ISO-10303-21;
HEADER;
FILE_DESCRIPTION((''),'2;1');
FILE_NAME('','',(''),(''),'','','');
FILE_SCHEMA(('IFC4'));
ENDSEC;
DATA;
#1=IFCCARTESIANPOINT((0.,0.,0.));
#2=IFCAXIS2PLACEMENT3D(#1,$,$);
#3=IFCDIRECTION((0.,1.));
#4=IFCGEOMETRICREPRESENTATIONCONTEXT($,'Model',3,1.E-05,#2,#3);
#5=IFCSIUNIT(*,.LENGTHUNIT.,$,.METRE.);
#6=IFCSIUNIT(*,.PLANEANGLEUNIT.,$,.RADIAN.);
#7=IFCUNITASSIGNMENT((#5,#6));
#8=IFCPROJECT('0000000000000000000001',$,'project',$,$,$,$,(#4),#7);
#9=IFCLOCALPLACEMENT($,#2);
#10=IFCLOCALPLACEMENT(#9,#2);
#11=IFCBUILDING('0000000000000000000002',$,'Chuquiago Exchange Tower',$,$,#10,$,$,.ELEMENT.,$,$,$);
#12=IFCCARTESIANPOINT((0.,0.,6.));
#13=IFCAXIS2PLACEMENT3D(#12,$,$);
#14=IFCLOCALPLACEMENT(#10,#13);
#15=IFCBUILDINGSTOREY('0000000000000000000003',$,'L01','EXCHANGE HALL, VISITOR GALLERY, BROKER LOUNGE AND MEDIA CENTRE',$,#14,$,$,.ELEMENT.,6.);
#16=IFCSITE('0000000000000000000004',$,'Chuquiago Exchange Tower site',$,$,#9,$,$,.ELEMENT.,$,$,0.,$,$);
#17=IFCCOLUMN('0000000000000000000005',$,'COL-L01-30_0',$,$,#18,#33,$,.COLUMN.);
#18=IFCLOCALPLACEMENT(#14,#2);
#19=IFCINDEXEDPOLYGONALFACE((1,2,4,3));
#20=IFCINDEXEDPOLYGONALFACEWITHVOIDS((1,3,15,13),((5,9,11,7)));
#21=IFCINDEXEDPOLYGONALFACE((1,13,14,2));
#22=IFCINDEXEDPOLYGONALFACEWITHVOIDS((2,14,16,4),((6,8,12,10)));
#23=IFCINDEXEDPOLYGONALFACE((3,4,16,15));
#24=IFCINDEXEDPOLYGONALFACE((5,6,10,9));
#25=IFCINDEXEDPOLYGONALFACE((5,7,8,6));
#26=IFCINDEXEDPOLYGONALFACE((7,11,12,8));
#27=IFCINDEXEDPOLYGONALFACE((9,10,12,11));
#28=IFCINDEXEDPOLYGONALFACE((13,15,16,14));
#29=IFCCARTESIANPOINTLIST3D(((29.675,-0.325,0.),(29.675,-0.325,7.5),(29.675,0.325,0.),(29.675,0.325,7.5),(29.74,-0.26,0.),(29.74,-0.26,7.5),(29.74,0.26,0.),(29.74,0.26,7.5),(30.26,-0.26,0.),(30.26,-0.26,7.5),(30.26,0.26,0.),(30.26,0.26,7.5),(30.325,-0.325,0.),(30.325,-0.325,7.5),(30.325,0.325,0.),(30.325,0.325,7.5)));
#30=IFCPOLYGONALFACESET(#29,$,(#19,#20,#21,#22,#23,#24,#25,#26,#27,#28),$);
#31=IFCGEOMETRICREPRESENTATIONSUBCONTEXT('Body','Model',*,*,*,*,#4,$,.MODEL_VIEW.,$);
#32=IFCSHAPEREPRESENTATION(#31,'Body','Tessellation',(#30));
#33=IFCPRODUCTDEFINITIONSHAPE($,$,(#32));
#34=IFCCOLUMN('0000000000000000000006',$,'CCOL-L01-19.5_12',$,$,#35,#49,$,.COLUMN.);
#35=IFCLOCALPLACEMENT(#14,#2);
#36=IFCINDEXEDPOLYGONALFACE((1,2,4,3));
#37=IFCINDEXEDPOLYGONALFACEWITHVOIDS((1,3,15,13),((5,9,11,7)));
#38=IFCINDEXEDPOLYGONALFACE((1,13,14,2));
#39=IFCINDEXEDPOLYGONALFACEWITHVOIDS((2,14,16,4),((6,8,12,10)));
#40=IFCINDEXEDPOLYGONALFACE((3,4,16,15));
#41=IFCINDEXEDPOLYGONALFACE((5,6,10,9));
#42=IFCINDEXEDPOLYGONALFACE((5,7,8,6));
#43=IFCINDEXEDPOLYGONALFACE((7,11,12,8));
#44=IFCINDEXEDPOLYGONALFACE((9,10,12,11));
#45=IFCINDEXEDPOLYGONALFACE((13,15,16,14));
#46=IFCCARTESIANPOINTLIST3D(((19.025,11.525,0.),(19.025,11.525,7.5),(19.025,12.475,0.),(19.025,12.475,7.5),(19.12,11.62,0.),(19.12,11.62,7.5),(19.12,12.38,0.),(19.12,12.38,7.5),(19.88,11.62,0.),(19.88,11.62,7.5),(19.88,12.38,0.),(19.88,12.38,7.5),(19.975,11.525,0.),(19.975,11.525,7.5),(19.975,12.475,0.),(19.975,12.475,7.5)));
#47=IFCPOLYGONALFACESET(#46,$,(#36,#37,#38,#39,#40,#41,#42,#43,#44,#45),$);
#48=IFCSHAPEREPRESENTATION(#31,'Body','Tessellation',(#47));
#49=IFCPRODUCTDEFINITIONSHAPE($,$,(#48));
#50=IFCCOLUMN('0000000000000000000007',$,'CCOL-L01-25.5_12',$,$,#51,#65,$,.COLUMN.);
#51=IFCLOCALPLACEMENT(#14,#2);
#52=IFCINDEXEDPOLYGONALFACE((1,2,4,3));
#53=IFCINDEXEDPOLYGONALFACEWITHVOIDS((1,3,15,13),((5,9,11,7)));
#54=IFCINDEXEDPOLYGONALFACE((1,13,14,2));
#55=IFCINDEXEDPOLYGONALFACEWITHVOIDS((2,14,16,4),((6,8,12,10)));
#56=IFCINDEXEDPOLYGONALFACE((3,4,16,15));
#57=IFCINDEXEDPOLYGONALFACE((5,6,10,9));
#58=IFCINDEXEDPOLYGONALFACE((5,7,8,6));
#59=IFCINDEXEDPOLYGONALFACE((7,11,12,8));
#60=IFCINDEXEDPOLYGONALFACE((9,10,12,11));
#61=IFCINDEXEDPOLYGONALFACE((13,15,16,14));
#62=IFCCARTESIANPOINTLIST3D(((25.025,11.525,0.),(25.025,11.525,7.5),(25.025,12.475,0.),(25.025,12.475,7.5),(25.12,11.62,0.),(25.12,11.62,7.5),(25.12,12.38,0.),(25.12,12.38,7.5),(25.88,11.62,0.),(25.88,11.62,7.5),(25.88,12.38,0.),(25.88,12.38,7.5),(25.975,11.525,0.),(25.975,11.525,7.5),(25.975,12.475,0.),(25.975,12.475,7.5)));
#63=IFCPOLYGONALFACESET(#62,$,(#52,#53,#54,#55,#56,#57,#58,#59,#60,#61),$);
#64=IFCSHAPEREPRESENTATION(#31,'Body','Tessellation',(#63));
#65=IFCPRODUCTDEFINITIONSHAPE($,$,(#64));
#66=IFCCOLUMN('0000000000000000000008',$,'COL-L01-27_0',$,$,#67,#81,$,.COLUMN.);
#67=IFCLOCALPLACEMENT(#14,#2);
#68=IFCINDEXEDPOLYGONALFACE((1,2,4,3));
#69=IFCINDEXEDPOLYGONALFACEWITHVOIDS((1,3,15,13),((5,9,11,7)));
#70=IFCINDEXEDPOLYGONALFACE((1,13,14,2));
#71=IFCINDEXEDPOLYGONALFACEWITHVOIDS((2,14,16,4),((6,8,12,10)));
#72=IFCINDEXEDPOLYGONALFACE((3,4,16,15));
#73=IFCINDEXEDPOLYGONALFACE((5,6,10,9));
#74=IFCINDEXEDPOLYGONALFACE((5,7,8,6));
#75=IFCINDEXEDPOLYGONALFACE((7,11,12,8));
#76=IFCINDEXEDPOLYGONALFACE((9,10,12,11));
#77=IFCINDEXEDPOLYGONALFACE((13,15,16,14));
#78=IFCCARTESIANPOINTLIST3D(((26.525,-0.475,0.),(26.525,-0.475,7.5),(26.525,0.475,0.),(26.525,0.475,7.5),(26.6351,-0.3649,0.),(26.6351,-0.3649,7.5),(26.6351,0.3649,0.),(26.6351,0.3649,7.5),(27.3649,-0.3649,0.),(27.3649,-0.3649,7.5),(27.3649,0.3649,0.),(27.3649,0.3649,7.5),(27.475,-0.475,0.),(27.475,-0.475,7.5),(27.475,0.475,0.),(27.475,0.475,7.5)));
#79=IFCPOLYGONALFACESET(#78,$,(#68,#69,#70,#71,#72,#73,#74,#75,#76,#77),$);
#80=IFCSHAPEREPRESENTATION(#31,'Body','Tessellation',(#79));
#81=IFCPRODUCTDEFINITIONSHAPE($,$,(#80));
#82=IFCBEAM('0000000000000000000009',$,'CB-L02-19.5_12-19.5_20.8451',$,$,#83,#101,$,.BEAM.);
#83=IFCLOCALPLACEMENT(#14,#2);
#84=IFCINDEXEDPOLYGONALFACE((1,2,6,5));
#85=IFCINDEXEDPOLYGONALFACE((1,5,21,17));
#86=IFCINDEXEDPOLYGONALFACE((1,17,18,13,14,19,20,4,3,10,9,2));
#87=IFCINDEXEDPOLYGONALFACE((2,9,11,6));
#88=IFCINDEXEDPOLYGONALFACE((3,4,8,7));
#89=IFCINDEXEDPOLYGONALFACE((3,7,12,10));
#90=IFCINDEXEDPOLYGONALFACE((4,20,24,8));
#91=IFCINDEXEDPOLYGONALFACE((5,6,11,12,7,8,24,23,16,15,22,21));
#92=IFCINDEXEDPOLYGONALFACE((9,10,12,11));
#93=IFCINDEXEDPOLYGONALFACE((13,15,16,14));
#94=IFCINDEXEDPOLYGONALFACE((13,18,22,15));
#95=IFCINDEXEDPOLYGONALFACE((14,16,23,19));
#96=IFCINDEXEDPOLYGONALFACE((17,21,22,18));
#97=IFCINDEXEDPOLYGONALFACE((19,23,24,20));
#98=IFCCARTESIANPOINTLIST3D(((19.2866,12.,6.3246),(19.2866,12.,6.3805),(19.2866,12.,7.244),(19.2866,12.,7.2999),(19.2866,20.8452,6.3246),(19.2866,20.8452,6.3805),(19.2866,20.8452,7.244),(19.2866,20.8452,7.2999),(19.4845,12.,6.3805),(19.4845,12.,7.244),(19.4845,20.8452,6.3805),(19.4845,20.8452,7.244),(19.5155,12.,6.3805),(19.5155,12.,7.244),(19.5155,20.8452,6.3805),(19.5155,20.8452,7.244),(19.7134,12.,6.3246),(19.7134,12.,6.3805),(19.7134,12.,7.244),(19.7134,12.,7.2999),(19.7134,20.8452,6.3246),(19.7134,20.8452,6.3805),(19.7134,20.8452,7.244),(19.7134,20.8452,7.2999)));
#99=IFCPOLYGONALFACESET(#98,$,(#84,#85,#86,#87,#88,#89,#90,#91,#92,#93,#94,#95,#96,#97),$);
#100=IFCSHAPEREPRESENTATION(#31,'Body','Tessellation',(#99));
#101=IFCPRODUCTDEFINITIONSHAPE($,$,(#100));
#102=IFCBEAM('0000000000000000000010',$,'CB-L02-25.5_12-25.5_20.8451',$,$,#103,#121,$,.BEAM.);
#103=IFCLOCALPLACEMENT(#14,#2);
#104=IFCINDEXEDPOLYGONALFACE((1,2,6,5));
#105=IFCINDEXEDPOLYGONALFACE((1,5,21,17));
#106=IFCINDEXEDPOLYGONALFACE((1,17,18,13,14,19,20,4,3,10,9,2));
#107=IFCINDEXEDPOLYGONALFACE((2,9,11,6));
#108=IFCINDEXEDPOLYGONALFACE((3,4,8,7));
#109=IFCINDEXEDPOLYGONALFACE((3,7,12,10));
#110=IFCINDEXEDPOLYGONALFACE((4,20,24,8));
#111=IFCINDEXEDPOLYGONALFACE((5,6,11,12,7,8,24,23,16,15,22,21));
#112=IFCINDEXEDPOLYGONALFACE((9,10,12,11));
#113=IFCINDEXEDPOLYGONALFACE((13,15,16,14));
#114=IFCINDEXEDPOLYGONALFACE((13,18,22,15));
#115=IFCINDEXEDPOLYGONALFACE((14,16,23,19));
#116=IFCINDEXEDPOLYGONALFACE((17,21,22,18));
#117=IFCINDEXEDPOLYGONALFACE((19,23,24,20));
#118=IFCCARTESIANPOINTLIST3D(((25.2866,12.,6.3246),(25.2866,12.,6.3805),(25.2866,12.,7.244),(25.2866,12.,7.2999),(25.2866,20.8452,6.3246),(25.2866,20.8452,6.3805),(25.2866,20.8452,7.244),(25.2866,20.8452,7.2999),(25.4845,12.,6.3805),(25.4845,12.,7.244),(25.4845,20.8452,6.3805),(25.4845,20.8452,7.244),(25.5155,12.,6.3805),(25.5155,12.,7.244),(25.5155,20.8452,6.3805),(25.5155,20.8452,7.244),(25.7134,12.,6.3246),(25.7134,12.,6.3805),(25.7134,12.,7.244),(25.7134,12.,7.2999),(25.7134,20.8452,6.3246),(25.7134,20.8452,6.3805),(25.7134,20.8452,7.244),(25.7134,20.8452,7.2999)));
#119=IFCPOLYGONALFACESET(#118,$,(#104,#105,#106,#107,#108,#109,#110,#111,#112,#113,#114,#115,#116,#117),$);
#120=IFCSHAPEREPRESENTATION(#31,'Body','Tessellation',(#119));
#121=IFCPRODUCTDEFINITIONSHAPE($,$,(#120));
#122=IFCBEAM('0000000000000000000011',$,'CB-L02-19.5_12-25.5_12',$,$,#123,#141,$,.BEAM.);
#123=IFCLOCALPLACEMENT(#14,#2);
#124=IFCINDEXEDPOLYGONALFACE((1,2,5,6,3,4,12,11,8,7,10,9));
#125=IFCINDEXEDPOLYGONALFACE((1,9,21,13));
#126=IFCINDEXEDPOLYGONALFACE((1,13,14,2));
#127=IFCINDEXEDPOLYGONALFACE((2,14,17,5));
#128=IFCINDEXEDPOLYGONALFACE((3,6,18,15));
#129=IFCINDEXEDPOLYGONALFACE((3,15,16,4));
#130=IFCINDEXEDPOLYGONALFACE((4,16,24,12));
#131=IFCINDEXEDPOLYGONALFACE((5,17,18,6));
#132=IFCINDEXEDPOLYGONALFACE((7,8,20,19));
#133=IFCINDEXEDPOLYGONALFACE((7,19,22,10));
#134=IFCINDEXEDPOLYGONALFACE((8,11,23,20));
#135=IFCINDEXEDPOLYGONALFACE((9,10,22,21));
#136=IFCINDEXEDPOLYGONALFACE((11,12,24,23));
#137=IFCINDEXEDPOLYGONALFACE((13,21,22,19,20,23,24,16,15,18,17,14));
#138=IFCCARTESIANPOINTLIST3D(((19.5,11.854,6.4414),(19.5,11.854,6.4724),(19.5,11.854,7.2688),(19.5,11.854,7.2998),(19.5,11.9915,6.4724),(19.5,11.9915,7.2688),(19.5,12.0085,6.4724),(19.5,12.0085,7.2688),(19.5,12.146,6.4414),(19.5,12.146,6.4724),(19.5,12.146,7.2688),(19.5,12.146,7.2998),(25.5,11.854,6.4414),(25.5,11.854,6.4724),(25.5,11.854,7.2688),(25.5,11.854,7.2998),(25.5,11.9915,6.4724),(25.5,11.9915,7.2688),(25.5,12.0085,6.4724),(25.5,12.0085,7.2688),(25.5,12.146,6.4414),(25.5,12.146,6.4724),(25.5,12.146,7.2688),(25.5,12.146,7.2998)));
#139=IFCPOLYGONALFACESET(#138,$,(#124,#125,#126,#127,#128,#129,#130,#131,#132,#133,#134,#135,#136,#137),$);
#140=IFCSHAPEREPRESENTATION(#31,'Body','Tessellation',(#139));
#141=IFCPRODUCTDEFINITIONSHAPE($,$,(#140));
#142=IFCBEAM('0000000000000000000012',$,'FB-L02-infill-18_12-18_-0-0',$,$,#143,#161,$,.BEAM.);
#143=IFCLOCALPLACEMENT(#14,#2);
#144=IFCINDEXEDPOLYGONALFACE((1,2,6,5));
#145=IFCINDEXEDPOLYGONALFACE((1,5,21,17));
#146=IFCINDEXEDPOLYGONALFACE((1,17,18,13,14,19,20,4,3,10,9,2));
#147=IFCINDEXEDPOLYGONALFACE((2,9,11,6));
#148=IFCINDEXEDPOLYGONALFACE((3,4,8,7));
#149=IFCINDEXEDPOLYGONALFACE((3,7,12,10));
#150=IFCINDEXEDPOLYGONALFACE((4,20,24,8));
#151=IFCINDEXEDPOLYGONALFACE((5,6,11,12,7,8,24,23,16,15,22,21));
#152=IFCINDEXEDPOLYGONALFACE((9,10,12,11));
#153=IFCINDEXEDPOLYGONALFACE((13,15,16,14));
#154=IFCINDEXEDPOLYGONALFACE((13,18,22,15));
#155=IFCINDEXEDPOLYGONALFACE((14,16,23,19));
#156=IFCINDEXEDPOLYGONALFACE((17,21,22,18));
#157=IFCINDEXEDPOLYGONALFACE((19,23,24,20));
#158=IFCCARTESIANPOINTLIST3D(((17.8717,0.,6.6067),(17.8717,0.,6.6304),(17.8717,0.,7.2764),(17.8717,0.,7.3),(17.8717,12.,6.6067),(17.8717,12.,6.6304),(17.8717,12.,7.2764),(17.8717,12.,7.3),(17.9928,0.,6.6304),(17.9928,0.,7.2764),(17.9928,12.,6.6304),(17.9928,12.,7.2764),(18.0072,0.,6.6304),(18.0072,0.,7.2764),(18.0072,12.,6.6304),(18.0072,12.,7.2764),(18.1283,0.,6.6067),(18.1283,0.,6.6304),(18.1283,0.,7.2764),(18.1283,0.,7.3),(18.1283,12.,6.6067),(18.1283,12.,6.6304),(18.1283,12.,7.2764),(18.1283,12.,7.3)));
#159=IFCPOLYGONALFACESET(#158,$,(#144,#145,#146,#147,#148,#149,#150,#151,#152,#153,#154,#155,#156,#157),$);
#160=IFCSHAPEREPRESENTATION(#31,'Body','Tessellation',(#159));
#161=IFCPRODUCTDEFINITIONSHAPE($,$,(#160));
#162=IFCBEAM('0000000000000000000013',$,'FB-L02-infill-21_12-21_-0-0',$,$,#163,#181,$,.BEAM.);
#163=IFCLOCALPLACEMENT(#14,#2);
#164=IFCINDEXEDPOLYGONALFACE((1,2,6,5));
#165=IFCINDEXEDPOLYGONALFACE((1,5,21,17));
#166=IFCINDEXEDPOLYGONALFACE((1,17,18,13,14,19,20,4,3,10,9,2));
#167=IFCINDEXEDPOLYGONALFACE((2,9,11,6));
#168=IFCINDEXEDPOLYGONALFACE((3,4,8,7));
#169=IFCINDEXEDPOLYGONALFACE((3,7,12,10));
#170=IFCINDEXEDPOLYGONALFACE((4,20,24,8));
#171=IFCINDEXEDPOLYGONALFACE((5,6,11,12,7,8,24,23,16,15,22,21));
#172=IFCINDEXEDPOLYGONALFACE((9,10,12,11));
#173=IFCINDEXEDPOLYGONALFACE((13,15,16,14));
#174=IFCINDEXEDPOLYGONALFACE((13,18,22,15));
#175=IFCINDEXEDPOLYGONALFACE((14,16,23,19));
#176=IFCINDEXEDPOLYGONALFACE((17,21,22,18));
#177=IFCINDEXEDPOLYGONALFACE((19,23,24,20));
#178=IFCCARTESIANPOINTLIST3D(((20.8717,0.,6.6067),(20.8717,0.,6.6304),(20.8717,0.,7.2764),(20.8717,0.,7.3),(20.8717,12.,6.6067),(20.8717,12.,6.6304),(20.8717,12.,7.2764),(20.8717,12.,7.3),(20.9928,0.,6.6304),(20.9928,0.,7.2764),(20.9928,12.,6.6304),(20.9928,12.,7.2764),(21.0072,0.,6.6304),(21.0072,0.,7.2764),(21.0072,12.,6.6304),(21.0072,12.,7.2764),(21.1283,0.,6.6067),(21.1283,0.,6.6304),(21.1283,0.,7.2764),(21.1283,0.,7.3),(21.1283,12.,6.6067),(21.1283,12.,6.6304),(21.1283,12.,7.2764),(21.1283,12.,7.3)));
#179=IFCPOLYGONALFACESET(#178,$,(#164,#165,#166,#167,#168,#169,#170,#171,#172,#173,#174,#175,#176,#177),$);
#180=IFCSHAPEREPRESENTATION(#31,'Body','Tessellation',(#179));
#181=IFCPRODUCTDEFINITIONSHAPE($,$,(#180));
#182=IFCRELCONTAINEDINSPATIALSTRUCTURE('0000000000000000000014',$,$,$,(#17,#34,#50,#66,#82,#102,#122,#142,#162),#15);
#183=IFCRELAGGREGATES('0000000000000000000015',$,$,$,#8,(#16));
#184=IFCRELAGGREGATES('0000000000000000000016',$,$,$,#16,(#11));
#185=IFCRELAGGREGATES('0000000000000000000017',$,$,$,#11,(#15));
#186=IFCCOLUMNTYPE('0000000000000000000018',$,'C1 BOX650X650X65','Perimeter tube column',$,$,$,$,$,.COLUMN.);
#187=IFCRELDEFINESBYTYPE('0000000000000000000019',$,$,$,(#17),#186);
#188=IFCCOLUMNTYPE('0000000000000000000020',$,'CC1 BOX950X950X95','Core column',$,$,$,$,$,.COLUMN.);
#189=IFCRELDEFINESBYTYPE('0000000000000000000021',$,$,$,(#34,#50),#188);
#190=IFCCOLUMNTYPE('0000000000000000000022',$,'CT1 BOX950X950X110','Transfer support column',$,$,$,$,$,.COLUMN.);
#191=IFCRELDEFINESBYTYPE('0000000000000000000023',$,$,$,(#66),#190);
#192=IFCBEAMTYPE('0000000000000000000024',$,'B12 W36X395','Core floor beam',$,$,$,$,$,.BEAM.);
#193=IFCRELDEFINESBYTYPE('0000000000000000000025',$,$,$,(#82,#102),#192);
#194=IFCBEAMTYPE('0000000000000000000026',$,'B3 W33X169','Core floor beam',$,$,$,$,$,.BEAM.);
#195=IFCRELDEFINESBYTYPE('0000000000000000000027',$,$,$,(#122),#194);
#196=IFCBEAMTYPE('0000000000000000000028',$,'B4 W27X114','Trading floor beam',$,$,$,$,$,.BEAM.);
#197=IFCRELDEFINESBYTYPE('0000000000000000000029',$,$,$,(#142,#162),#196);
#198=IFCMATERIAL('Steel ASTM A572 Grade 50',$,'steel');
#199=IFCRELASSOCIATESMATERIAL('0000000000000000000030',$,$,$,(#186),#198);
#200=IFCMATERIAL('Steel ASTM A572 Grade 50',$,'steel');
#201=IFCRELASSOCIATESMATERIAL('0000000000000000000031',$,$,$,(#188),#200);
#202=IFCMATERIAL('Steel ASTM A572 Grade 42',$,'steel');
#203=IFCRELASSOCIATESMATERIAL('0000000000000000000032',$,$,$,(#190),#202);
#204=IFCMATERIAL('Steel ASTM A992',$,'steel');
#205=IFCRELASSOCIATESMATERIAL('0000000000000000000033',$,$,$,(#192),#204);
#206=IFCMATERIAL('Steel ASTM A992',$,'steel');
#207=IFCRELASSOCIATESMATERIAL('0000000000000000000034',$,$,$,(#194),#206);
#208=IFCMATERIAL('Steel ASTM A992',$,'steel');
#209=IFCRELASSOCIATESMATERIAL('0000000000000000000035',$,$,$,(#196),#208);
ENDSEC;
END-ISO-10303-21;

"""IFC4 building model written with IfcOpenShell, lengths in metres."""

from ifc_helpers import new_model, si_unit, direction, frame, origin, origin_2d, place, context, subcontext, project, spatial, hollow_rectangle, i_section, extrude, material, material_profile, profile_set, type_object, element, save


model = new_model("IFC4")

# Units and contexts
model_context = context("Model", 3, precision=1e-05, world=origin(), true_north=direction((0.0, 1.0)))
body_context = subcontext(model_context, "Body", "Model", "MODEL_VIEW")
ifc_project = project(units=[si_unit("LENGTHUNIT", "METRE"), si_unit("PLANEANGLEUNIT", "RADIAN")], contexts=[model_context])

# Site, building, storey
site_placement = place(None, origin())
site = spatial("IfcSite", under=ifc_project, at=site_placement, Name="Chuquiago Exchange Tower site", CompositionType="ELEMENT", RefElevation=0.0)
building_placement = place(site_placement, origin())
building = spatial("IfcBuilding", under=site, at=building_placement, Name="Chuquiago Exchange Tower", CompositionType="ELEMENT")
storey_placement = place(building_placement, frame((0.0, 0.0, 6.0)))
storey = spatial("IfcBuildingStorey", under=building, at=storey_placement, Name="L01", Description="EXCHANGE HALL, VISITOR GALLERY, BROKER LOUNGE AND MEDIA CENTRE", CompositionType="ELEMENT", Elevation=6.0)

# Columns
ifc_material_1 = material(Name="Steel ASTM A572 Grade 50", Category="steel")
ifc_material_profile_1 = material_profile(ifc_material_1, hollow_rectangle(XDim=0.6499, YDim=0.6499, WallThickness=0.0649, at=origin_2d()), Name="BOX650X650X65")
ifc_profile_set_1 = profile_set([ifc_material_profile_1], Name="Steel ASTM A572 Grade 50")
column_type_1 = type_object("IfcColumnType", Name="C1 BOX650X650X65", Description="Perimeter tube column", PredefinedType="COLUMN", material=ifc_profile_set_1)
column_1_placement = place(storey_placement, frame((30.0, 0.0, 0.0), z_axis=(0.0, 0.0, 1.0), x_axis=(0.0, -1.0, 0.0)))
element("IfcColumn", 1, at=column_1_placement, inside=storey, type_object=column_type_1, Name="COL-L01-30_0", PredefinedType="COLUMN", context=body_context, shape_type="SweptSolid", body=[
    extrude(hollow_rectangle(XDim=0.6499, YDim=0.6499, WallThickness=0.0649, at=origin_2d()), origin(), (0.0, 0.0, 1.0), 7.5),
])
ifc_material_2 = material(Name="Steel ASTM A572 Grade 50", Category="steel")
ifc_material_profile_2 = material_profile(ifc_material_2, hollow_rectangle(XDim=0.95, YDim=0.95, WallThickness=0.095, at=origin_2d()), Name="BOX950X950X95")
ifc_profile_set_2 = profile_set([ifc_material_profile_2], Name="Steel ASTM A572 Grade 50")
column_type_2 = type_object("IfcColumnType", Name="CC1 BOX950X950X95", Description="Core column", PredefinedType="COLUMN", material=ifc_profile_set_2)
for number, where, z_axis, x_axis, name in (
    (2, (19.5, 12.0, 0.0), (0.0, 0.0, 1.0), (1.0, 0.0, 0.0), "CCOL-L01-19.5_12"),
    (3, (25.5, 12.0, 0.0), (0.0, 0.0, 1.0), (1.0, 0.0, 0.0), "CCOL-L01-25.5_12"),
):
    element("IfcColumn", number, at=place(storey_placement, frame(where, z_axis=z_axis, x_axis=x_axis)), inside=storey, type_object=column_type_2, Name=name, PredefinedType="COLUMN", context=body_context, shape_type="SweptSolid", body=[
        extrude(hollow_rectangle(XDim=0.95, YDim=0.95, WallThickness=0.095, at=origin_2d()), origin(), (0.0, 0.0, 1.0), 7.5),
    ])
ifc_material_3 = material(Name="Steel ASTM A572 Grade 42", Category="steel")
ifc_material_profile_3 = material_profile(ifc_material_3, hollow_rectangle(XDim=0.95, YDim=0.95, WallThickness=0.1101, at=origin_2d()), Name="BOX950X950X110")
ifc_profile_set_3 = profile_set([ifc_material_profile_3], Name="Steel ASTM A572 Grade 42")
column_type_3 = type_object("IfcColumnType", Name="CT1 BOX950X950X110", Description="Transfer support column", PredefinedType="COLUMN", material=ifc_profile_set_3)
column_2_placement = place(storey_placement, frame((27.0, 0.0, 0.0), z_axis=(0.0, 0.0, 1.0), x_axis=(0.0, -1.0, 0.0)))
element("IfcColumn", 4, at=column_2_placement, inside=storey, type_object=column_type_3, Name="COL-L01-27_0", PredefinedType="COLUMN", context=body_context, shape_type="SweptSolid", body=[
    extrude(hollow_rectangle(XDim=0.95, YDim=0.95, WallThickness=0.1101, at=origin_2d()), origin(), (0.0, 0.0, 1.0), 7.5),
])

# Beams
ifc_material_4 = material(Name="Steel ASTM A992", Category="steel")
ifc_material_profile_4 = material_profile(ifc_material_4, i_section(OverallWidth=0.4268, OverallDepth=0.9753, WebThickness=0.031, FlangeThickness=0.0559, at=origin_2d()), Name="W36X395")
ifc_profile_set_4 = profile_set([ifc_material_profile_4], Name="Steel ASTM A992")
beam_type_1 = type_object("IfcBeamType", Name="B12 W36X395", Description="Core floor beam", PredefinedType="BEAM", material=ifc_profile_set_4)
for number, where, z_axis, x_axis, name in (
    (5, (19.5, 12.0, 6.8123), (0.0, 1.0, 0.0), (-1.0, 0.0, 0.0), "CB-L02-19.5_12-19.5_20.8451"),
    (6, (25.5, 12.0, 6.8123), (0.0, 1.0, 0.0), (-1.0, 0.0, 0.0), "CB-L02-25.5_12-25.5_20.8451"),
):
    element("IfcBeam", number, at=place(storey_placement, frame(where, z_axis=z_axis, x_axis=x_axis)), inside=storey, type_object=beam_type_1, Name=name, PredefinedType="BEAM", context=body_context, shape_type="SweptSolid", body=[
        extrude(i_section(OverallWidth=0.4268, OverallDepth=0.9753, WebThickness=0.031, FlangeThickness=0.0559, at=origin_2d()), origin(), (0.0, 0.0, 1.0), 8.8452),
    ])
ifc_material_5 = material(Name="Steel ASTM A992", Category="steel")
ifc_material_profile_5 = material_profile(ifc_material_5, i_section(OverallWidth=0.292, OverallDepth=0.8584, WebThickness=0.0171, FlangeThickness=0.031, at=origin_2d()), Name="W33X169")
ifc_profile_set_5 = profile_set([ifc_material_profile_5], Name="Steel ASTM A992")
beam_type_2 = type_object("IfcBeamType", Name="B3 W33X169", Description="Core floor beam", PredefinedType="BEAM", material=ifc_profile_set_5)
beam_placement = place(storey_placement, frame((19.5, 12.0, 6.8706), z_axis=(1.0, 0.0, 0.0), x_axis=(0.0, 1.0, 0.0)))
element("IfcBeam", 7, at=beam_placement, inside=storey, type_object=beam_type_2, Name="CB-L02-19.5_12-25.5_12", PredefinedType="BEAM", context=body_context, shape_type="SweptSolid", body=[
    extrude(i_section(OverallWidth=0.292, OverallDepth=0.8584, WebThickness=0.0171, FlangeThickness=0.031, at=origin_2d()), origin(), (0.0, 0.0, 1.0), 6.0),
])
ifc_material_6 = material(Name="Steel ASTM A992", Category="steel")
ifc_material_profile_6 = material_profile(ifc_material_6, i_section(OverallWidth=0.2566, OverallDepth=0.6934, WebThickness=0.0144, FlangeThickness=0.0237, at=origin_2d()), Name="W27X114")
ifc_profile_set_6 = profile_set([ifc_material_profile_6], Name="Steel ASTM A992")
beam_type_3 = type_object("IfcBeamType", Name="B4 W27X114", Description="Trading floor beam", PredefinedType="BEAM", material=ifc_profile_set_6)
for number, where, z_axis, x_axis, name in (
    (8, (18.0, 12.0, 6.9534), (0.0, -1.0, 0.0), (1.0, 0.0, 0.0), "FB-L02-infill-18_12-18_-0-0"),
    (9, (21.0, 12.0, 6.9534), (0.0, -1.0, 0.0), (1.0, 0.0, 0.0), "FB-L02-infill-21_12-21_-0-0"),
):
    element("IfcBeam", number, at=place(storey_placement, frame(where, z_axis=z_axis, x_axis=x_axis)), inside=storey, type_object=beam_type_3, Name=name, PredefinedType="BEAM", context=body_context, shape_type="SweptSolid", body=[
        extrude(i_section(OverallWidth=0.2566, OverallDepth=0.6934, WebThickness=0.0144, FlangeThickness=0.0237, at=origin_2d()), origin(), (0.0, 0.0, 1.0), 12.0),
    ])

save(model, "model.ifc")
